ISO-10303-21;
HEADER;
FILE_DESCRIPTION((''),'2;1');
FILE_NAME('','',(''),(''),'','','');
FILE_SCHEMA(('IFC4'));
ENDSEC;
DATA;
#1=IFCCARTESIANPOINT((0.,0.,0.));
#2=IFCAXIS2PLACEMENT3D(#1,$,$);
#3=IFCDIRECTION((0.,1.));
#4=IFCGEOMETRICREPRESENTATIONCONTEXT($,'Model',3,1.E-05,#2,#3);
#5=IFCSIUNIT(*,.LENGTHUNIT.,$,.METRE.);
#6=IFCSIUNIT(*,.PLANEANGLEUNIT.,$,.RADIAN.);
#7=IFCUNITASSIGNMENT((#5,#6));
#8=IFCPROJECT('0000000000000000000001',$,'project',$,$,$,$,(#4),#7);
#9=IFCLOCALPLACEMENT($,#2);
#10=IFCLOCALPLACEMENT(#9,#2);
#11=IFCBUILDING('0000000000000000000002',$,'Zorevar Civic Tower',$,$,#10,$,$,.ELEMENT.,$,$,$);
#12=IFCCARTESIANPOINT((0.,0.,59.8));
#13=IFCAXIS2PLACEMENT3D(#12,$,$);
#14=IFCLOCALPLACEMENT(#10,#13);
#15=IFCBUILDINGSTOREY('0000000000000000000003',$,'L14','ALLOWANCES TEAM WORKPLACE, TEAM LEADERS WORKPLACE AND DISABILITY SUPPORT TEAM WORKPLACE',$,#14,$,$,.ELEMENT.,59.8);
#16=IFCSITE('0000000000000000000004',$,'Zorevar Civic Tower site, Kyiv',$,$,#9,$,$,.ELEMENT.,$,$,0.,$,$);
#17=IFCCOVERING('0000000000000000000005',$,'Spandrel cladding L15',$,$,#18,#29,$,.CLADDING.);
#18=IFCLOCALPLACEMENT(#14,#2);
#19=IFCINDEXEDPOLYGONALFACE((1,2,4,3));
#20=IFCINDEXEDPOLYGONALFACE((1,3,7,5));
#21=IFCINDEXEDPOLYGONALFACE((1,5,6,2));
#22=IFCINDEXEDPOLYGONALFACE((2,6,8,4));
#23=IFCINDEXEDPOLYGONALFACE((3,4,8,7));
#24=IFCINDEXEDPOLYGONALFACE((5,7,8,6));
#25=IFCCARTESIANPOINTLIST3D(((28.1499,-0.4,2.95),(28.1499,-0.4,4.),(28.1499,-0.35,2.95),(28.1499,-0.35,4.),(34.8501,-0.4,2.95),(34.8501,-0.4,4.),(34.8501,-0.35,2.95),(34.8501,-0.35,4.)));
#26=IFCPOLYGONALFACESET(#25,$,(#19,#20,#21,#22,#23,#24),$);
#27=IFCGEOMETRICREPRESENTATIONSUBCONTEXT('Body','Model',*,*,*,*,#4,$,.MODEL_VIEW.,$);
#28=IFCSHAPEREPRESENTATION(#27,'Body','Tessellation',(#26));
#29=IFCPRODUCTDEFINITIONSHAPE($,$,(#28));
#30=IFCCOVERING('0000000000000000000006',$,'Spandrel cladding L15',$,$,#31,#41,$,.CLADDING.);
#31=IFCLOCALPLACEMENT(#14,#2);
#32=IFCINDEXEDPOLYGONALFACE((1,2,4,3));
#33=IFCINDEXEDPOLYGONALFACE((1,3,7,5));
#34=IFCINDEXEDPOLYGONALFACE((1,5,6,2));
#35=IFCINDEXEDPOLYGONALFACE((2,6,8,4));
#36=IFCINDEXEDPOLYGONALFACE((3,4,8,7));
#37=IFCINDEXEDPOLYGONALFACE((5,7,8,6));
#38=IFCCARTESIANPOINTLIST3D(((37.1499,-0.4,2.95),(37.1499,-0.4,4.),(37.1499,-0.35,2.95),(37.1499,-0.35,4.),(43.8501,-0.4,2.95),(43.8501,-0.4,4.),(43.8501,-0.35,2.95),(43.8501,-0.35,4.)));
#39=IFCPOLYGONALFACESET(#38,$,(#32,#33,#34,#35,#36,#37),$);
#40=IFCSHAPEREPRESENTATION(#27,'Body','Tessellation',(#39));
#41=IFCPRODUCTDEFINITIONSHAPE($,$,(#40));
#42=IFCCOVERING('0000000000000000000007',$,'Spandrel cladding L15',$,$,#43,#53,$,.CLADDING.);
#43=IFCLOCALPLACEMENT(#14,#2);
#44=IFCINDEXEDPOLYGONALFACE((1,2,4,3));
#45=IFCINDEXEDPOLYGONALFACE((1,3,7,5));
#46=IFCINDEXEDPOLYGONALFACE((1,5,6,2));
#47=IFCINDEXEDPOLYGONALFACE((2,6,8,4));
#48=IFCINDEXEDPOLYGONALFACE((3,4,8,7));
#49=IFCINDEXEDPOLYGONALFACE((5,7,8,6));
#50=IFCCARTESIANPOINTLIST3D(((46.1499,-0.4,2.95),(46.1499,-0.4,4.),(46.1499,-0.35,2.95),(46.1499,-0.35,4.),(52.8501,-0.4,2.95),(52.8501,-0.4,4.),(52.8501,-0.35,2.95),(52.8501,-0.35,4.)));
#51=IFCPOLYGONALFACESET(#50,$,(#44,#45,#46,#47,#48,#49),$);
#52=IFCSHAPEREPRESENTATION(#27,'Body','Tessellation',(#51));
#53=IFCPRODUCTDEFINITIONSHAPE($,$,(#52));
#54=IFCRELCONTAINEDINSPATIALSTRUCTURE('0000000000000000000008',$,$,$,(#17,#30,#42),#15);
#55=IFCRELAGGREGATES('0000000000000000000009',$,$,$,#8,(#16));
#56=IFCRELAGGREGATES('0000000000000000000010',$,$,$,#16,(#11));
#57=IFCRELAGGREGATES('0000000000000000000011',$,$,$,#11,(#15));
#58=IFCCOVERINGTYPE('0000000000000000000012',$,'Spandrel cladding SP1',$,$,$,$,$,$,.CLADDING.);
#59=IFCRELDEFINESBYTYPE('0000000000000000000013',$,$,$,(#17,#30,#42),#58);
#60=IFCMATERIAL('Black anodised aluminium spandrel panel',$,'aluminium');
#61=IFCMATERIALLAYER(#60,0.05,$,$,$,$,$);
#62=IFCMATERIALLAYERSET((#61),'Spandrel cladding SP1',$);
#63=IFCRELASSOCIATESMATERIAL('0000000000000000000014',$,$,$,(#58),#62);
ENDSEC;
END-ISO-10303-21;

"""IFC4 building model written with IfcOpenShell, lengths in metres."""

from ifc_helpers import new_model, si_unit, direction, frame, frame_2d, origin, place, context, subcontext, project, spatial, rectangle, extrude, material, layer, layer_set, type_object, element, save


model = new_model("IFC4")

# Units and contexts
model_context = context("Model", 3, precision=1e-05, world=origin(), true_north=direction((0.0, 1.0)))
body_context = subcontext(model_context, "Body", "Model", "MODEL_VIEW")
ifc_project = project(units=[si_unit("LENGTHUNIT", "METRE"), si_unit("PLANEANGLEUNIT", "RADIAN")], contexts=[model_context])

# Site, building, storey
site_placement = place(None, origin())
site = spatial("IfcSite", under=ifc_project, at=site_placement, Name="Zorevar Civic Tower site, Kyiv", CompositionType="ELEMENT", RefElevation=0.0)
building_placement = place(site_placement, origin())
building = spatial("IfcBuilding", under=site, at=building_placement, Name="Zorevar Civic Tower", CompositionType="ELEMENT")
storey_placement = place(building_placement, frame((0.0, 0.0, 59.8)))
storey = spatial("IfcBuildingStorey", under=building, at=storey_placement, Name="L14", Description="ALLOWANCES TEAM WORKPLACE, TEAM LEADERS WORKPLACE AND DISABILITY SUPPORT TEAM WORKPLACE", CompositionType="ELEMENT", Elevation=59.8)

# Coverings
ifc_material_1 = material(Name="Black anodised aluminium spandrel panel", Category="aluminium")
ifc_layer_1 = layer(ifc_material_1, 0.05)
ifc_layer_set_1 = layer_set([ifc_layer_1], Name="Spandrel cladding SP1")
covering_type = type_object("IfcCoveringType", Name="Spandrel cladding SP1", PredefinedType="CLADDING", material=ifc_layer_set_1)
for number, where, z_axis, x_axis, name in (
    (1, (28.1499, -0.375, 2.95), (0.0, 0.0, 1.0), (1.0, 0.0, 0.0), "Spandrel cladding L15"),
    (2, (37.1499, -0.375, 2.95), (0.0, 0.0, 1.0), (1.0, 0.0, 0.0), "Spandrel cladding L15"),
    (3, (46.1499, -0.375, 2.95), (0.0, 0.0, 1.0), (1.0, 0.0, 0.0), "Spandrel cladding L15"),
):
    element("IfcCovering", number, at=place(storey_placement, frame(where, z_axis=z_axis, x_axis=x_axis)), inside=storey, type_object=covering_type, Name=name, PredefinedType="CLADDING", context=body_context, shape_type="SweptSolid", body=[
        extrude(rectangle(XDim=6.7002, YDim=0.05, at=frame_2d((3.3501, 0.0))), origin(), (0.0, 0.0, 1.0), 1.05),
    ])

save(model, "model.ifc")
